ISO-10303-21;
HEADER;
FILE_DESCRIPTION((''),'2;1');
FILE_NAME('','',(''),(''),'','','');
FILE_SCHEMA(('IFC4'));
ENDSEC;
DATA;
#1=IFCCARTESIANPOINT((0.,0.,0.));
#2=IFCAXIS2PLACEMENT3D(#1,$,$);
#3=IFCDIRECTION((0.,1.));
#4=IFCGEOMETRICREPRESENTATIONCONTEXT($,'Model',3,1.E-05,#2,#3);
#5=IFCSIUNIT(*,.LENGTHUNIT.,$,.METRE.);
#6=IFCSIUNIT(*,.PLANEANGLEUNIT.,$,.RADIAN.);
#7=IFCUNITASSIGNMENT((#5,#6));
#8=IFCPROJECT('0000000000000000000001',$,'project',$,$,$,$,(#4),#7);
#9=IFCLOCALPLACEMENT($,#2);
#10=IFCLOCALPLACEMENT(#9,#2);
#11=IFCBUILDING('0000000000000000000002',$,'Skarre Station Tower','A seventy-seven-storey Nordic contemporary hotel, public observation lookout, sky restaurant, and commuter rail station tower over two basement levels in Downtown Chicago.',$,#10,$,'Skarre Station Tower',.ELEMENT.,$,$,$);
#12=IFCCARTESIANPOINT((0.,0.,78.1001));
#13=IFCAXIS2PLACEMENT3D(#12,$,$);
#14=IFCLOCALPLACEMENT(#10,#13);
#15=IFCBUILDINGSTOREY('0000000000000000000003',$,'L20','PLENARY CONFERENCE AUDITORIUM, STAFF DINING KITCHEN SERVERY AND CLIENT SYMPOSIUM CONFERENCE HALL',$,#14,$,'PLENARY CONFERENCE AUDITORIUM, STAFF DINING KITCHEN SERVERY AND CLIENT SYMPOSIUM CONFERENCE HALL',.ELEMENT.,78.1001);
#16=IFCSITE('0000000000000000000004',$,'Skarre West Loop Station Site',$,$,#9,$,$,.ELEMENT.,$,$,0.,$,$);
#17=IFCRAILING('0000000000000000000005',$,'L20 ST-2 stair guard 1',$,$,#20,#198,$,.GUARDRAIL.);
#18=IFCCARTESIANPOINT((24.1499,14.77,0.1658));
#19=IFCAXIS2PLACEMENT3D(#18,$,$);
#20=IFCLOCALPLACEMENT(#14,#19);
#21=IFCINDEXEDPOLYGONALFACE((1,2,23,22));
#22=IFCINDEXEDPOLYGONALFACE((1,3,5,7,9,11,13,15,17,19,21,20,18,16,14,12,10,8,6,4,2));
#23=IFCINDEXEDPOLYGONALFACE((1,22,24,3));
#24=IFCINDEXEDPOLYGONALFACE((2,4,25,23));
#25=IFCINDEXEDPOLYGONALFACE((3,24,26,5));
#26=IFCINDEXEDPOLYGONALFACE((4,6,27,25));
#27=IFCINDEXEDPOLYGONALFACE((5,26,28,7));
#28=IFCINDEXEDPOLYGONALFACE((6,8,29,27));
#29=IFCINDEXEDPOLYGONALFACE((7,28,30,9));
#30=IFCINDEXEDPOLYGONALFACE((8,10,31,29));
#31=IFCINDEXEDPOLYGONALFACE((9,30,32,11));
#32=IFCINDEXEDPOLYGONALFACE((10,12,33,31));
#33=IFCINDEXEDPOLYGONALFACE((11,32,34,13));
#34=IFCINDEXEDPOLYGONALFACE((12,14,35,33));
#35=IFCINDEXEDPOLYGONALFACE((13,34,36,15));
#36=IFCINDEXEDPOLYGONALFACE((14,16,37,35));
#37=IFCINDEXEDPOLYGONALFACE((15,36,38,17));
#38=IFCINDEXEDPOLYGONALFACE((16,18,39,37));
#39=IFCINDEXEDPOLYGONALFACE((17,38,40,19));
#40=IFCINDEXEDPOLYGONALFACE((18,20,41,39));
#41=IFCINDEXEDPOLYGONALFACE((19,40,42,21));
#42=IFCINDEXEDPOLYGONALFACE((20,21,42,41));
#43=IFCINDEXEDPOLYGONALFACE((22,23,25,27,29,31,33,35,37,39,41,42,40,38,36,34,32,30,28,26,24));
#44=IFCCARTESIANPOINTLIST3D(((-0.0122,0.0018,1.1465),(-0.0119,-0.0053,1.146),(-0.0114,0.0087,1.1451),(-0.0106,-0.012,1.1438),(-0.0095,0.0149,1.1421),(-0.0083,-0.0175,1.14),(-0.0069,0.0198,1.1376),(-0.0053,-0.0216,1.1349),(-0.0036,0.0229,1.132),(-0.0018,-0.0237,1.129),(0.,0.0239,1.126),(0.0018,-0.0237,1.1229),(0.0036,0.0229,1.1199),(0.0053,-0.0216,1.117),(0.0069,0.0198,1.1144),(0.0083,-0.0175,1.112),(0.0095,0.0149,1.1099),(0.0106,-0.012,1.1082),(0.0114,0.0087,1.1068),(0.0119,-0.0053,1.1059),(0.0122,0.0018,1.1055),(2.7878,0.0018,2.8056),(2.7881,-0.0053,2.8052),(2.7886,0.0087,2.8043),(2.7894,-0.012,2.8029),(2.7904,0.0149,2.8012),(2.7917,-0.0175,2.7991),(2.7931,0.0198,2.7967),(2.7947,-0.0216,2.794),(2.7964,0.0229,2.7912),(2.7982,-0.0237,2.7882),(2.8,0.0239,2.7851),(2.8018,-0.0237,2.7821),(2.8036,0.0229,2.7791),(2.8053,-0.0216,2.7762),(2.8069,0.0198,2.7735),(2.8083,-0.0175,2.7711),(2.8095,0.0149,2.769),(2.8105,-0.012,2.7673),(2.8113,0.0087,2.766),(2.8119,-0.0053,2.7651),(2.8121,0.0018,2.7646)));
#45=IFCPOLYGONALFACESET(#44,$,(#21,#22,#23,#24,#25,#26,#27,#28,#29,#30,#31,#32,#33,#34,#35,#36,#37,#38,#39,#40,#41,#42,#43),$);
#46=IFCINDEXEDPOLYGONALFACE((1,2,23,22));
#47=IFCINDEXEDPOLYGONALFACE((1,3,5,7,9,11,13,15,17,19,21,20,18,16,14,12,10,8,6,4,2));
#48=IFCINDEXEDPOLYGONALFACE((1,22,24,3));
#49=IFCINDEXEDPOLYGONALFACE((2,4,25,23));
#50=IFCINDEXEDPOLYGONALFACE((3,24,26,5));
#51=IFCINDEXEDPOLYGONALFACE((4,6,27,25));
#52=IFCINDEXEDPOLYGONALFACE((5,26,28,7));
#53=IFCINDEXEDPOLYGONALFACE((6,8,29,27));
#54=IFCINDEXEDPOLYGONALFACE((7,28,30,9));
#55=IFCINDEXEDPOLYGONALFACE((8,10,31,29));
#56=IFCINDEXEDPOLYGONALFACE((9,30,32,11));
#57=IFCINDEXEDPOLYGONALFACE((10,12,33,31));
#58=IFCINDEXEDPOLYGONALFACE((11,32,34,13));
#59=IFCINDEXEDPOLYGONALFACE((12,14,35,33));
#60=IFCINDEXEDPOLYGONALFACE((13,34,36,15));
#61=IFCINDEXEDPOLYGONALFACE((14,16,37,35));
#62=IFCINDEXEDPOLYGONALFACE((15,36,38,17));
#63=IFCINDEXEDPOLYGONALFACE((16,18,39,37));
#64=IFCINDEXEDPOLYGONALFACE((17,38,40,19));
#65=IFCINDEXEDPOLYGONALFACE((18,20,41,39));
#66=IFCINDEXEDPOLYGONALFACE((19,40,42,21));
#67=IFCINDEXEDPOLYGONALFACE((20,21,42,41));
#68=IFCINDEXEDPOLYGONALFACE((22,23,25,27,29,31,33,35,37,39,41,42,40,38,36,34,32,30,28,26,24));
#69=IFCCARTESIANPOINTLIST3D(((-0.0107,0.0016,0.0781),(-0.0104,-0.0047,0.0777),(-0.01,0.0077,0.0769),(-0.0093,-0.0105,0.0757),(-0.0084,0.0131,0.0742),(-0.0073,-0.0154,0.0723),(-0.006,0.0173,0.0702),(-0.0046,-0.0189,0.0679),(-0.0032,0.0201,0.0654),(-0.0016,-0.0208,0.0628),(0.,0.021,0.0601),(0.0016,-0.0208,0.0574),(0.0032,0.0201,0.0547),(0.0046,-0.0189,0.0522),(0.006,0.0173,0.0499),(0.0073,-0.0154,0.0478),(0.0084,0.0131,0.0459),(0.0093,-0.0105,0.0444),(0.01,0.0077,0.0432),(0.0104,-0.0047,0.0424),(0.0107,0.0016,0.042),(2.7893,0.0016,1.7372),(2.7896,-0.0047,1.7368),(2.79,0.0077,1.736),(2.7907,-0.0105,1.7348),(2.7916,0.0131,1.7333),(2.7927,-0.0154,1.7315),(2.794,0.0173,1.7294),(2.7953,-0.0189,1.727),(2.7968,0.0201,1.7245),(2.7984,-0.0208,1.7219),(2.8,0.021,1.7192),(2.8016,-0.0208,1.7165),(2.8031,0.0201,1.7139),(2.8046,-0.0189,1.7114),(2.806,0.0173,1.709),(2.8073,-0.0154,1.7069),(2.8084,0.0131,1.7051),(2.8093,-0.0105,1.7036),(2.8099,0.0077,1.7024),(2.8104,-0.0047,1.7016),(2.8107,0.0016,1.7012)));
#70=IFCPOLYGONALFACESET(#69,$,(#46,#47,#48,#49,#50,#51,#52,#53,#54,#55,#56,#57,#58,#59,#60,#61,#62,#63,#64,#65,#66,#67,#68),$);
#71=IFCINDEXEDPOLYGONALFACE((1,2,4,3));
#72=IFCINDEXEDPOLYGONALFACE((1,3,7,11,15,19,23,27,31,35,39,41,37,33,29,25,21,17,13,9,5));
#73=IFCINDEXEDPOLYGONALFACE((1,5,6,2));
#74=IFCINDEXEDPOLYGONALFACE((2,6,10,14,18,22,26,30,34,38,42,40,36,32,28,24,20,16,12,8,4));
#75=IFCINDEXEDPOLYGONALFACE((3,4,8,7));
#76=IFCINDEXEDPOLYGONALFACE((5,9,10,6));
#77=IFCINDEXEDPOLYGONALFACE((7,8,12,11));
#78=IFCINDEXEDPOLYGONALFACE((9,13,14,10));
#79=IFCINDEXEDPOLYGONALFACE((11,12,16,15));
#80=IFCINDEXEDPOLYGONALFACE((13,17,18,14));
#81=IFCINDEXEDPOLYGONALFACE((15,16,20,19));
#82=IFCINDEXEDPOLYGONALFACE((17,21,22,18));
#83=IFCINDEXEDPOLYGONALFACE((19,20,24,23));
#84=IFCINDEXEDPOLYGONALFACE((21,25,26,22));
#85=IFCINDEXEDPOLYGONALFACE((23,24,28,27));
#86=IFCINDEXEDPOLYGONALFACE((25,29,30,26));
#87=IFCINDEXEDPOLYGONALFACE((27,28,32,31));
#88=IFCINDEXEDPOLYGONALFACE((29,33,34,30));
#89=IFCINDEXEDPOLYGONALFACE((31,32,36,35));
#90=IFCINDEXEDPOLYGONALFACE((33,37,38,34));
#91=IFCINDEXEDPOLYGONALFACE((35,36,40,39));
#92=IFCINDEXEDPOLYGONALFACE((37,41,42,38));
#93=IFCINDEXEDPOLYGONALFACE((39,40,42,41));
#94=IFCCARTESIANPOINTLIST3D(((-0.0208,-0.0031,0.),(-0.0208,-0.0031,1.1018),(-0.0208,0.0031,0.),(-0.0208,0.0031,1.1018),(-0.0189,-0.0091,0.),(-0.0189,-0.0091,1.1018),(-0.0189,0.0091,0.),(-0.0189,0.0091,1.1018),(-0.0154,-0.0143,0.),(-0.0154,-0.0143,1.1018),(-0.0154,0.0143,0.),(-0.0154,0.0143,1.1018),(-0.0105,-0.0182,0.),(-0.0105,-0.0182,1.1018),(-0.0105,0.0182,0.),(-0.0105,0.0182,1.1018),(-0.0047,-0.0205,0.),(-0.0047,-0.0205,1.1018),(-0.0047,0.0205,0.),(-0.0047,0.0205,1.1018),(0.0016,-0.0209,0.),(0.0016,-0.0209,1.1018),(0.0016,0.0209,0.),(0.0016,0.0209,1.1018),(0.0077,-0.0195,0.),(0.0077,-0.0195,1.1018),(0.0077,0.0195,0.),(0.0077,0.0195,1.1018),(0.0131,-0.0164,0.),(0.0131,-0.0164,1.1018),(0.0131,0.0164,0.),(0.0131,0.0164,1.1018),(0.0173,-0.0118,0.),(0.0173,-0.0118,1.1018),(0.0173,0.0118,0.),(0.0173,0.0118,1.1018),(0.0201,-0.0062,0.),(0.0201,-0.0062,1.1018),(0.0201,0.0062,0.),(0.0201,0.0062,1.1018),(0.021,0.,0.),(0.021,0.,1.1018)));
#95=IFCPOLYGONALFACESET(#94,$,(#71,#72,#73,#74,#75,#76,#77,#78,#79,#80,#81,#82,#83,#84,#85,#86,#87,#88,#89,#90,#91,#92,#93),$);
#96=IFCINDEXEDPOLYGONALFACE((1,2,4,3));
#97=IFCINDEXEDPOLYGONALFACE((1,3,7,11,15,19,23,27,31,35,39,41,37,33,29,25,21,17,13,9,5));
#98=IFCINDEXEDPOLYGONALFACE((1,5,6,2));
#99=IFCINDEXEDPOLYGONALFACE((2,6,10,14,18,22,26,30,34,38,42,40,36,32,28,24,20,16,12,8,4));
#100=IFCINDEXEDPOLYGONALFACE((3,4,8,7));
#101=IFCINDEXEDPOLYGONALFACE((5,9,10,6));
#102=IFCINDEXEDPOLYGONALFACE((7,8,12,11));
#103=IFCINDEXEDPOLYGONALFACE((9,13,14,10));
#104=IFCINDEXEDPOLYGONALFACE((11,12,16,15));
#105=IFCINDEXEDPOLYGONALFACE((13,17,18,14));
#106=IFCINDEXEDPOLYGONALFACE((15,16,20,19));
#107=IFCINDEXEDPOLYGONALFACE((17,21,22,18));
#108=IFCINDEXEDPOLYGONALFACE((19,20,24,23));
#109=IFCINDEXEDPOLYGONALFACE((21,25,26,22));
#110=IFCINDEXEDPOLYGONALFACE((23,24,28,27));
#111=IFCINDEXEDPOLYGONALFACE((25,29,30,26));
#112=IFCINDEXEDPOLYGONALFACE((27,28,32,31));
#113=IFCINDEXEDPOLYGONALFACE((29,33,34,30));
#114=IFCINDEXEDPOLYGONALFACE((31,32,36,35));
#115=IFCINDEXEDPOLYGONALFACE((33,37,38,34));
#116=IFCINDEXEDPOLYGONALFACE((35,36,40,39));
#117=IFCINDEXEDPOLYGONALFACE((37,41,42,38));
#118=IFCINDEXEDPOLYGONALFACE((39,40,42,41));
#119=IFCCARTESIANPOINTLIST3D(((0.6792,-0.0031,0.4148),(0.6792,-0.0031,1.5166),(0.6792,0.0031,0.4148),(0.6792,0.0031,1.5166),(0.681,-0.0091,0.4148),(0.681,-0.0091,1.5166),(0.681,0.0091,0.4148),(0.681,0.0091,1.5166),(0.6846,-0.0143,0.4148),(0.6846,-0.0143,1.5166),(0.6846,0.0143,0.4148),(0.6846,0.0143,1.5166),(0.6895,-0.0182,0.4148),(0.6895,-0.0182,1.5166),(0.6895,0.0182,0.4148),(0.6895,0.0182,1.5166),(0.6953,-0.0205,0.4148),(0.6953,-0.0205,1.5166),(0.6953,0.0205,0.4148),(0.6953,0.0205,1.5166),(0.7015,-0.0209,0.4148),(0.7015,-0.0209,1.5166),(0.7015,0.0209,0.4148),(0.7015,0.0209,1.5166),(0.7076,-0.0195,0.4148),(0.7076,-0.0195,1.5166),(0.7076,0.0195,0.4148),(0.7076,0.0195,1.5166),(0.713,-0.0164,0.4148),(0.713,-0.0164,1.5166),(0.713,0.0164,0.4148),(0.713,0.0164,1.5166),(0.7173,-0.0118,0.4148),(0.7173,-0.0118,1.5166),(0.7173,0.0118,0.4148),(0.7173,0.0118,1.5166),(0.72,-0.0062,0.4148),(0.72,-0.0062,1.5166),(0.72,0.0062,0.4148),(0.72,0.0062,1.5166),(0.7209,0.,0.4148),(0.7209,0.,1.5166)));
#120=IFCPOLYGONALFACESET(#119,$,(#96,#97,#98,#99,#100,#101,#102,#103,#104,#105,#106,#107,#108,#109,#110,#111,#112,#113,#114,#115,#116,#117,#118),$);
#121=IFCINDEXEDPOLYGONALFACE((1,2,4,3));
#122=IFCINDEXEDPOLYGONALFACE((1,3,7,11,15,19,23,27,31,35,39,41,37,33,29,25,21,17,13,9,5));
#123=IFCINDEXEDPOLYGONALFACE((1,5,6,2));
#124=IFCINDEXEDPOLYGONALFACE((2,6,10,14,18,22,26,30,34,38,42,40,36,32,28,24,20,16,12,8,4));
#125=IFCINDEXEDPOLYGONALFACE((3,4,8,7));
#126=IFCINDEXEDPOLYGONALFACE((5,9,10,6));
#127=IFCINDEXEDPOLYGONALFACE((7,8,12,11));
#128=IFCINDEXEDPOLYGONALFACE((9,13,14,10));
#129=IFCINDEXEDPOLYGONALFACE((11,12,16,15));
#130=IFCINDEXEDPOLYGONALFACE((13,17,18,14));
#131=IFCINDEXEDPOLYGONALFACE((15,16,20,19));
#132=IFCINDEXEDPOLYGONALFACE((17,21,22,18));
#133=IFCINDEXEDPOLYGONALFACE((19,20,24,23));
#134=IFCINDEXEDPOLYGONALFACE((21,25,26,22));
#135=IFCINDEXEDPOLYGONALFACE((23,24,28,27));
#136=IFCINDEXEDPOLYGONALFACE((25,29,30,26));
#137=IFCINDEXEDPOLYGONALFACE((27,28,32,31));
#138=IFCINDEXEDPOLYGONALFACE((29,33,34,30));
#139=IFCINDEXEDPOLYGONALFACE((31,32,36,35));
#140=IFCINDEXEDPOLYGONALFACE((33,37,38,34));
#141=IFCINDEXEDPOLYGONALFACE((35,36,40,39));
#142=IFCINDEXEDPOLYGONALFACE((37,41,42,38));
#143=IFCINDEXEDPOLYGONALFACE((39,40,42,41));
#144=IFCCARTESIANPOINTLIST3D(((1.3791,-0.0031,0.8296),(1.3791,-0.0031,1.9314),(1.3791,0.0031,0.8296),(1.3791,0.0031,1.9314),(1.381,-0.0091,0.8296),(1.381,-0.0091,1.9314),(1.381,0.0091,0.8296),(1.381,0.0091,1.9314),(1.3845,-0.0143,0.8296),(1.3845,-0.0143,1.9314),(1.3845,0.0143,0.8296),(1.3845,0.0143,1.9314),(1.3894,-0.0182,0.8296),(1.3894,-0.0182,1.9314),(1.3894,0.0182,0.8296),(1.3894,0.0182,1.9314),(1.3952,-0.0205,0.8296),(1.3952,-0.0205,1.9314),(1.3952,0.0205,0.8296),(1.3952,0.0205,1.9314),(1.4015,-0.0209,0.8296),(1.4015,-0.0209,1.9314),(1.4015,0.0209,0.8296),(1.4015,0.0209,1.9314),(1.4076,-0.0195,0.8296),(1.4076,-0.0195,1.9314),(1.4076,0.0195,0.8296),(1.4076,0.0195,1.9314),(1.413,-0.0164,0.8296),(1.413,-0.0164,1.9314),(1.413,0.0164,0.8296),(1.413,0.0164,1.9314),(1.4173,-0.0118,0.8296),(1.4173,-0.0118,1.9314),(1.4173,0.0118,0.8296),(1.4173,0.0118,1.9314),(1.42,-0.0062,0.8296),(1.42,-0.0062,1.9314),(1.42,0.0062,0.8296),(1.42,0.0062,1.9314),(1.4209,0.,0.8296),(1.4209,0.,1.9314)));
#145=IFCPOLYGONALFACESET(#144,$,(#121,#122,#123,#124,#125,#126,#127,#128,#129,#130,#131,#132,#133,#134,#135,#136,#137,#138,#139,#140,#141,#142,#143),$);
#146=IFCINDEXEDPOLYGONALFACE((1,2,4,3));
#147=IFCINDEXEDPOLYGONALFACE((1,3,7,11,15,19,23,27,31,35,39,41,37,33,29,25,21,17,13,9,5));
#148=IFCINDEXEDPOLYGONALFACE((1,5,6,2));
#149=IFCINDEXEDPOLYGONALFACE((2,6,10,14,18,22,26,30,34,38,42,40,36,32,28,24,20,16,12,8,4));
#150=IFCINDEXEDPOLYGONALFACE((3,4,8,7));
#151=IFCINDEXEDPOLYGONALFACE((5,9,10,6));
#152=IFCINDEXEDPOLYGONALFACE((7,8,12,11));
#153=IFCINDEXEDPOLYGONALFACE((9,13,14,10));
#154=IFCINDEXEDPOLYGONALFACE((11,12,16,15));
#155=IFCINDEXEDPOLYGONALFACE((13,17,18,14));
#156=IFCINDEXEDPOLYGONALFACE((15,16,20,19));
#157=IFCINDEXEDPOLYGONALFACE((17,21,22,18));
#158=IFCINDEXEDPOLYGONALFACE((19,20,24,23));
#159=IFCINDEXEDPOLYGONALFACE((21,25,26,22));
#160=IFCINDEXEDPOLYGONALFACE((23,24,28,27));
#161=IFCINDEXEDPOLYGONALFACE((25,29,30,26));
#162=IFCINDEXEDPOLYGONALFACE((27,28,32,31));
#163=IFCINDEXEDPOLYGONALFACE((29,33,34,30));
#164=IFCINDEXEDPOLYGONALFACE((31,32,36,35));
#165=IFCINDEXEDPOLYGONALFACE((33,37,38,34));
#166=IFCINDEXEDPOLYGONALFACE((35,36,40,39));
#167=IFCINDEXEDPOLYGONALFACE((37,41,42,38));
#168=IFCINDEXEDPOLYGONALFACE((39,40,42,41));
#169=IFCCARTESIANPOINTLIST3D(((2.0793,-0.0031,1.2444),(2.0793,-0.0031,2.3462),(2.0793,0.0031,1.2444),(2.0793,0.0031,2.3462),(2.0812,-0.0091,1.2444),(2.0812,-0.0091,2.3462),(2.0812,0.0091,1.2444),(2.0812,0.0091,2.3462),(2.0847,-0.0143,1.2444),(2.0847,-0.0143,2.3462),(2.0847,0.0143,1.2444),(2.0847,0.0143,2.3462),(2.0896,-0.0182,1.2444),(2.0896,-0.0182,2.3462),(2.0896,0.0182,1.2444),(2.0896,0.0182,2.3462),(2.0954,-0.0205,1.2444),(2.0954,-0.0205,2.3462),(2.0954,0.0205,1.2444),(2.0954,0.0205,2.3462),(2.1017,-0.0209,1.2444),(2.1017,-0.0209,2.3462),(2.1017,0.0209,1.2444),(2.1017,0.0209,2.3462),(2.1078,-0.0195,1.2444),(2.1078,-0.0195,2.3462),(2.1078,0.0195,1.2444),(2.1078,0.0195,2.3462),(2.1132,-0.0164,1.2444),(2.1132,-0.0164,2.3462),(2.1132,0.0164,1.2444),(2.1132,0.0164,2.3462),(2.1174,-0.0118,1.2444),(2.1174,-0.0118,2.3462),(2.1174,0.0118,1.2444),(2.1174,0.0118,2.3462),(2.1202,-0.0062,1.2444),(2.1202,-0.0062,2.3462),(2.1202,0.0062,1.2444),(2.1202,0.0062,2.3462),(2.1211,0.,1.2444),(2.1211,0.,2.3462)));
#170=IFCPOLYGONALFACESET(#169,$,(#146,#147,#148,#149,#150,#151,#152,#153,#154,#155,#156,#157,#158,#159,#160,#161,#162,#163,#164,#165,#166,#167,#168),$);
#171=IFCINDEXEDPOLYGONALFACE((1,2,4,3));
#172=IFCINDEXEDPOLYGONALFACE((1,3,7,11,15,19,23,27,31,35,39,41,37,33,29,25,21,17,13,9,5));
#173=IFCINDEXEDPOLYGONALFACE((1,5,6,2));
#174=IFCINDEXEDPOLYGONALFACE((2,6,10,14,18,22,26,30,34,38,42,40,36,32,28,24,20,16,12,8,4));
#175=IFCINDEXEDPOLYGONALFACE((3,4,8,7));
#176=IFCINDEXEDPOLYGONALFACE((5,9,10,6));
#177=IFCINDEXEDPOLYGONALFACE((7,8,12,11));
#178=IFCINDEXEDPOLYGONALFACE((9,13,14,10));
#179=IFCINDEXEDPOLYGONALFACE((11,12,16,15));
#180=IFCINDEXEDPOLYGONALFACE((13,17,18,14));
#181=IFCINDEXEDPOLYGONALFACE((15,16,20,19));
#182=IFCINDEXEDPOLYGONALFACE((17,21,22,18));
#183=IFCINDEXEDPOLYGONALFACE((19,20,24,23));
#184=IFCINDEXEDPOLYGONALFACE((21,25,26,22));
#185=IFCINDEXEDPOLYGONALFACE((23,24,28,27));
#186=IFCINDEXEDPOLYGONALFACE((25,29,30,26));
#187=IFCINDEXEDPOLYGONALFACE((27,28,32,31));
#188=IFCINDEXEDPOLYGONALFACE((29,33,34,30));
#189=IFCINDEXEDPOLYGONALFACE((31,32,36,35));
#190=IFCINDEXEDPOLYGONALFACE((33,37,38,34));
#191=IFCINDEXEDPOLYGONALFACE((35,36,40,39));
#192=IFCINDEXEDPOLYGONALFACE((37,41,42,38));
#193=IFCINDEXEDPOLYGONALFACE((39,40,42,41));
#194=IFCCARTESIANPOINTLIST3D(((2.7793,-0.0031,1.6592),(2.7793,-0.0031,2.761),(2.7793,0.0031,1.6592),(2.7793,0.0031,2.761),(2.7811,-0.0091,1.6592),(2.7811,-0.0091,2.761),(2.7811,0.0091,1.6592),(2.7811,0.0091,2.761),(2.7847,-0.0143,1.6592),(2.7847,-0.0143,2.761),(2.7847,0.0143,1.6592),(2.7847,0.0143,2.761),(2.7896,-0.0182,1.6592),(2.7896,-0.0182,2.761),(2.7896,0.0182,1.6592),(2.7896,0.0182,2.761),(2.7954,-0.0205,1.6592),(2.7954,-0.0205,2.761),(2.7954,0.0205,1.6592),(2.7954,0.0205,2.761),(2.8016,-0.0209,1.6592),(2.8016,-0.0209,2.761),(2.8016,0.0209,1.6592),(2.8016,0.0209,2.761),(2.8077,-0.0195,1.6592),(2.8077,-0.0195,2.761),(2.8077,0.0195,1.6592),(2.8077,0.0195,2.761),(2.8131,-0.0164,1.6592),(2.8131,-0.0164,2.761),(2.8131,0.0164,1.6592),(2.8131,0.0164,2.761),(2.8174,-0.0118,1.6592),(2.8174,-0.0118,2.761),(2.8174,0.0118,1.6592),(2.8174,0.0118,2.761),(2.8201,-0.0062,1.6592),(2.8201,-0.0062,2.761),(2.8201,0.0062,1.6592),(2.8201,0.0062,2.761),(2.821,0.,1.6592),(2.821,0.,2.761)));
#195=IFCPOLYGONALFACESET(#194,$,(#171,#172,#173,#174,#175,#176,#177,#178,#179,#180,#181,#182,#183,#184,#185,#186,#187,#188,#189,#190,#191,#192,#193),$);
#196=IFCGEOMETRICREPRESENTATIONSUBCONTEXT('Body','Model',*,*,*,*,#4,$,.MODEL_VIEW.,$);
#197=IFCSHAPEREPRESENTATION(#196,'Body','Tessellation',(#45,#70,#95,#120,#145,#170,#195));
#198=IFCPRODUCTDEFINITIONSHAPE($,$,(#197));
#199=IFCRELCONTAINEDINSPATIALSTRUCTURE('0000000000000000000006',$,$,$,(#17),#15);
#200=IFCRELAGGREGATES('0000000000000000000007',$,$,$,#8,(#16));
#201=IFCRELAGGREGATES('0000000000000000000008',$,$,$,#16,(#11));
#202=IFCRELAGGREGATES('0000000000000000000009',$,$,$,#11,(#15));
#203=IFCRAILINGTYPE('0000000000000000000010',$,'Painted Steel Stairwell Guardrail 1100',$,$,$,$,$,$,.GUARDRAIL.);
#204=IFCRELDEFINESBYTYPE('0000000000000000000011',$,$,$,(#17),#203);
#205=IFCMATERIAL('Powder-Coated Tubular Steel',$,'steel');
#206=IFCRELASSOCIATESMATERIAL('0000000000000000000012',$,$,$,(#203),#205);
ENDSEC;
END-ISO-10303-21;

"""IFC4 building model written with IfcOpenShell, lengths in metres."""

from ifc_helpers import new_model, si_unit, direction, frame, origin, origin_2d, place, context, subcontext, project, spatial, circle, extrude, material, type_object, element, save


model = new_model("IFC4")

# Units and contexts
model_context = context("Model", 3, precision=1e-05, world=origin(), true_north=direction((0.0, 1.0)))
body_context = subcontext(model_context, "Body", "Model", "MODEL_VIEW")
ifc_project = project(units=[si_unit("LENGTHUNIT", "METRE"), si_unit("PLANEANGLEUNIT", "RADIAN")], contexts=[model_context])

# Site, building, storey
site_placement = place(None, origin())
site = spatial("IfcSite", under=ifc_project, at=site_placement, Name="Skarre West Loop Station Site", CompositionType="ELEMENT", RefElevation=0.0)
building_placement = place(site_placement, origin())
building = spatial("IfcBuilding", under=site, at=building_placement, Name="Skarre Station Tower", Description="A seventy-seven-storey Nordic contemporary hotel, public observation lookout, sky restaurant, and commuter rail station tower over two basement levels in Downtown Chicago.", LongName="Skarre Station Tower", CompositionType="ELEMENT")
storey_placement = place(building_placement, frame((0.0, 0.0, 78.1001)))
storey = spatial("IfcBuildingStorey", under=building, at=storey_placement, Name="L20", Description="PLENARY CONFERENCE AUDITORIUM, STAFF DINING KITCHEN SERVERY AND CLIENT SYMPOSIUM CONFERENCE HALL", LongName="PLENARY CONFERENCE AUDITORIUM, STAFF DINING KITCHEN SERVERY AND CLIENT SYMPOSIUM CONFERENCE HALL", CompositionType="ELEMENT", Elevation=78.1001)

# Railing
ifc_material_1 = material(Name="Powder-Coated Tubular Steel", Category="steel")
railing_type_1 = type_object("IfcRailingType", Name="Painted Steel Stairwell Guardrail 1100", PredefinedType="GUARDRAIL", material=ifc_material_1)
railing_1_placement = place(storey_placement, frame((24.1499, 14.77, 0.1658)))
element("IfcRailing", 1, at=railing_1_placement, inside=storey, type_object=railing_type_1, Name="L20 ST-2 stair guard 1", PredefinedType="GUARDRAIL", context=body_context, shape_type="SweptSolid", body=[
    extrude(circle(Radius=0.0239, at=origin_2d()), frame((0.0, 0.0, 1.126), z_axis=(0.860306, 0.0, 0.509778), x_axis=(0.0, 1.0, 0.0)), (0.0, 0.0, 1.0), 3.2546),
    extrude(circle(Radius=0.021, at=origin_2d()), frame((0.0, 0.0, 0.0601), z_axis=(0.860306, 0.0, 0.509778), x_axis=(0.0, 1.0, 0.0)), (0.0, 0.0, 1.0), 3.2546),
    extrude(circle(Radius=0.021, at=origin_2d()), origin(), (0.0, 0.0, 1.0), 1.1018),
    extrude(circle(Radius=0.021, at=origin_2d()), frame((0.7, 0.0, 0.4148)), (0.0, 0.0, 1.0), 1.1018),
    extrude(circle(Radius=0.021, at=origin_2d()), frame((1.3999, 0.0, 0.8296)), (0.0, 0.0, 1.0), 1.1018),
    extrude(circle(Radius=0.021, at=origin_2d()), frame((2.1001, 0.0, 1.2444)), (0.0, 0.0, 1.0), 1.1018),
    extrude(circle(Radius=0.021, at=origin_2d()), frame((2.8, 0.0, 1.6592)), (0.0, 0.0, 1.0), 1.1018),
])

save(model, "model.ifc")
